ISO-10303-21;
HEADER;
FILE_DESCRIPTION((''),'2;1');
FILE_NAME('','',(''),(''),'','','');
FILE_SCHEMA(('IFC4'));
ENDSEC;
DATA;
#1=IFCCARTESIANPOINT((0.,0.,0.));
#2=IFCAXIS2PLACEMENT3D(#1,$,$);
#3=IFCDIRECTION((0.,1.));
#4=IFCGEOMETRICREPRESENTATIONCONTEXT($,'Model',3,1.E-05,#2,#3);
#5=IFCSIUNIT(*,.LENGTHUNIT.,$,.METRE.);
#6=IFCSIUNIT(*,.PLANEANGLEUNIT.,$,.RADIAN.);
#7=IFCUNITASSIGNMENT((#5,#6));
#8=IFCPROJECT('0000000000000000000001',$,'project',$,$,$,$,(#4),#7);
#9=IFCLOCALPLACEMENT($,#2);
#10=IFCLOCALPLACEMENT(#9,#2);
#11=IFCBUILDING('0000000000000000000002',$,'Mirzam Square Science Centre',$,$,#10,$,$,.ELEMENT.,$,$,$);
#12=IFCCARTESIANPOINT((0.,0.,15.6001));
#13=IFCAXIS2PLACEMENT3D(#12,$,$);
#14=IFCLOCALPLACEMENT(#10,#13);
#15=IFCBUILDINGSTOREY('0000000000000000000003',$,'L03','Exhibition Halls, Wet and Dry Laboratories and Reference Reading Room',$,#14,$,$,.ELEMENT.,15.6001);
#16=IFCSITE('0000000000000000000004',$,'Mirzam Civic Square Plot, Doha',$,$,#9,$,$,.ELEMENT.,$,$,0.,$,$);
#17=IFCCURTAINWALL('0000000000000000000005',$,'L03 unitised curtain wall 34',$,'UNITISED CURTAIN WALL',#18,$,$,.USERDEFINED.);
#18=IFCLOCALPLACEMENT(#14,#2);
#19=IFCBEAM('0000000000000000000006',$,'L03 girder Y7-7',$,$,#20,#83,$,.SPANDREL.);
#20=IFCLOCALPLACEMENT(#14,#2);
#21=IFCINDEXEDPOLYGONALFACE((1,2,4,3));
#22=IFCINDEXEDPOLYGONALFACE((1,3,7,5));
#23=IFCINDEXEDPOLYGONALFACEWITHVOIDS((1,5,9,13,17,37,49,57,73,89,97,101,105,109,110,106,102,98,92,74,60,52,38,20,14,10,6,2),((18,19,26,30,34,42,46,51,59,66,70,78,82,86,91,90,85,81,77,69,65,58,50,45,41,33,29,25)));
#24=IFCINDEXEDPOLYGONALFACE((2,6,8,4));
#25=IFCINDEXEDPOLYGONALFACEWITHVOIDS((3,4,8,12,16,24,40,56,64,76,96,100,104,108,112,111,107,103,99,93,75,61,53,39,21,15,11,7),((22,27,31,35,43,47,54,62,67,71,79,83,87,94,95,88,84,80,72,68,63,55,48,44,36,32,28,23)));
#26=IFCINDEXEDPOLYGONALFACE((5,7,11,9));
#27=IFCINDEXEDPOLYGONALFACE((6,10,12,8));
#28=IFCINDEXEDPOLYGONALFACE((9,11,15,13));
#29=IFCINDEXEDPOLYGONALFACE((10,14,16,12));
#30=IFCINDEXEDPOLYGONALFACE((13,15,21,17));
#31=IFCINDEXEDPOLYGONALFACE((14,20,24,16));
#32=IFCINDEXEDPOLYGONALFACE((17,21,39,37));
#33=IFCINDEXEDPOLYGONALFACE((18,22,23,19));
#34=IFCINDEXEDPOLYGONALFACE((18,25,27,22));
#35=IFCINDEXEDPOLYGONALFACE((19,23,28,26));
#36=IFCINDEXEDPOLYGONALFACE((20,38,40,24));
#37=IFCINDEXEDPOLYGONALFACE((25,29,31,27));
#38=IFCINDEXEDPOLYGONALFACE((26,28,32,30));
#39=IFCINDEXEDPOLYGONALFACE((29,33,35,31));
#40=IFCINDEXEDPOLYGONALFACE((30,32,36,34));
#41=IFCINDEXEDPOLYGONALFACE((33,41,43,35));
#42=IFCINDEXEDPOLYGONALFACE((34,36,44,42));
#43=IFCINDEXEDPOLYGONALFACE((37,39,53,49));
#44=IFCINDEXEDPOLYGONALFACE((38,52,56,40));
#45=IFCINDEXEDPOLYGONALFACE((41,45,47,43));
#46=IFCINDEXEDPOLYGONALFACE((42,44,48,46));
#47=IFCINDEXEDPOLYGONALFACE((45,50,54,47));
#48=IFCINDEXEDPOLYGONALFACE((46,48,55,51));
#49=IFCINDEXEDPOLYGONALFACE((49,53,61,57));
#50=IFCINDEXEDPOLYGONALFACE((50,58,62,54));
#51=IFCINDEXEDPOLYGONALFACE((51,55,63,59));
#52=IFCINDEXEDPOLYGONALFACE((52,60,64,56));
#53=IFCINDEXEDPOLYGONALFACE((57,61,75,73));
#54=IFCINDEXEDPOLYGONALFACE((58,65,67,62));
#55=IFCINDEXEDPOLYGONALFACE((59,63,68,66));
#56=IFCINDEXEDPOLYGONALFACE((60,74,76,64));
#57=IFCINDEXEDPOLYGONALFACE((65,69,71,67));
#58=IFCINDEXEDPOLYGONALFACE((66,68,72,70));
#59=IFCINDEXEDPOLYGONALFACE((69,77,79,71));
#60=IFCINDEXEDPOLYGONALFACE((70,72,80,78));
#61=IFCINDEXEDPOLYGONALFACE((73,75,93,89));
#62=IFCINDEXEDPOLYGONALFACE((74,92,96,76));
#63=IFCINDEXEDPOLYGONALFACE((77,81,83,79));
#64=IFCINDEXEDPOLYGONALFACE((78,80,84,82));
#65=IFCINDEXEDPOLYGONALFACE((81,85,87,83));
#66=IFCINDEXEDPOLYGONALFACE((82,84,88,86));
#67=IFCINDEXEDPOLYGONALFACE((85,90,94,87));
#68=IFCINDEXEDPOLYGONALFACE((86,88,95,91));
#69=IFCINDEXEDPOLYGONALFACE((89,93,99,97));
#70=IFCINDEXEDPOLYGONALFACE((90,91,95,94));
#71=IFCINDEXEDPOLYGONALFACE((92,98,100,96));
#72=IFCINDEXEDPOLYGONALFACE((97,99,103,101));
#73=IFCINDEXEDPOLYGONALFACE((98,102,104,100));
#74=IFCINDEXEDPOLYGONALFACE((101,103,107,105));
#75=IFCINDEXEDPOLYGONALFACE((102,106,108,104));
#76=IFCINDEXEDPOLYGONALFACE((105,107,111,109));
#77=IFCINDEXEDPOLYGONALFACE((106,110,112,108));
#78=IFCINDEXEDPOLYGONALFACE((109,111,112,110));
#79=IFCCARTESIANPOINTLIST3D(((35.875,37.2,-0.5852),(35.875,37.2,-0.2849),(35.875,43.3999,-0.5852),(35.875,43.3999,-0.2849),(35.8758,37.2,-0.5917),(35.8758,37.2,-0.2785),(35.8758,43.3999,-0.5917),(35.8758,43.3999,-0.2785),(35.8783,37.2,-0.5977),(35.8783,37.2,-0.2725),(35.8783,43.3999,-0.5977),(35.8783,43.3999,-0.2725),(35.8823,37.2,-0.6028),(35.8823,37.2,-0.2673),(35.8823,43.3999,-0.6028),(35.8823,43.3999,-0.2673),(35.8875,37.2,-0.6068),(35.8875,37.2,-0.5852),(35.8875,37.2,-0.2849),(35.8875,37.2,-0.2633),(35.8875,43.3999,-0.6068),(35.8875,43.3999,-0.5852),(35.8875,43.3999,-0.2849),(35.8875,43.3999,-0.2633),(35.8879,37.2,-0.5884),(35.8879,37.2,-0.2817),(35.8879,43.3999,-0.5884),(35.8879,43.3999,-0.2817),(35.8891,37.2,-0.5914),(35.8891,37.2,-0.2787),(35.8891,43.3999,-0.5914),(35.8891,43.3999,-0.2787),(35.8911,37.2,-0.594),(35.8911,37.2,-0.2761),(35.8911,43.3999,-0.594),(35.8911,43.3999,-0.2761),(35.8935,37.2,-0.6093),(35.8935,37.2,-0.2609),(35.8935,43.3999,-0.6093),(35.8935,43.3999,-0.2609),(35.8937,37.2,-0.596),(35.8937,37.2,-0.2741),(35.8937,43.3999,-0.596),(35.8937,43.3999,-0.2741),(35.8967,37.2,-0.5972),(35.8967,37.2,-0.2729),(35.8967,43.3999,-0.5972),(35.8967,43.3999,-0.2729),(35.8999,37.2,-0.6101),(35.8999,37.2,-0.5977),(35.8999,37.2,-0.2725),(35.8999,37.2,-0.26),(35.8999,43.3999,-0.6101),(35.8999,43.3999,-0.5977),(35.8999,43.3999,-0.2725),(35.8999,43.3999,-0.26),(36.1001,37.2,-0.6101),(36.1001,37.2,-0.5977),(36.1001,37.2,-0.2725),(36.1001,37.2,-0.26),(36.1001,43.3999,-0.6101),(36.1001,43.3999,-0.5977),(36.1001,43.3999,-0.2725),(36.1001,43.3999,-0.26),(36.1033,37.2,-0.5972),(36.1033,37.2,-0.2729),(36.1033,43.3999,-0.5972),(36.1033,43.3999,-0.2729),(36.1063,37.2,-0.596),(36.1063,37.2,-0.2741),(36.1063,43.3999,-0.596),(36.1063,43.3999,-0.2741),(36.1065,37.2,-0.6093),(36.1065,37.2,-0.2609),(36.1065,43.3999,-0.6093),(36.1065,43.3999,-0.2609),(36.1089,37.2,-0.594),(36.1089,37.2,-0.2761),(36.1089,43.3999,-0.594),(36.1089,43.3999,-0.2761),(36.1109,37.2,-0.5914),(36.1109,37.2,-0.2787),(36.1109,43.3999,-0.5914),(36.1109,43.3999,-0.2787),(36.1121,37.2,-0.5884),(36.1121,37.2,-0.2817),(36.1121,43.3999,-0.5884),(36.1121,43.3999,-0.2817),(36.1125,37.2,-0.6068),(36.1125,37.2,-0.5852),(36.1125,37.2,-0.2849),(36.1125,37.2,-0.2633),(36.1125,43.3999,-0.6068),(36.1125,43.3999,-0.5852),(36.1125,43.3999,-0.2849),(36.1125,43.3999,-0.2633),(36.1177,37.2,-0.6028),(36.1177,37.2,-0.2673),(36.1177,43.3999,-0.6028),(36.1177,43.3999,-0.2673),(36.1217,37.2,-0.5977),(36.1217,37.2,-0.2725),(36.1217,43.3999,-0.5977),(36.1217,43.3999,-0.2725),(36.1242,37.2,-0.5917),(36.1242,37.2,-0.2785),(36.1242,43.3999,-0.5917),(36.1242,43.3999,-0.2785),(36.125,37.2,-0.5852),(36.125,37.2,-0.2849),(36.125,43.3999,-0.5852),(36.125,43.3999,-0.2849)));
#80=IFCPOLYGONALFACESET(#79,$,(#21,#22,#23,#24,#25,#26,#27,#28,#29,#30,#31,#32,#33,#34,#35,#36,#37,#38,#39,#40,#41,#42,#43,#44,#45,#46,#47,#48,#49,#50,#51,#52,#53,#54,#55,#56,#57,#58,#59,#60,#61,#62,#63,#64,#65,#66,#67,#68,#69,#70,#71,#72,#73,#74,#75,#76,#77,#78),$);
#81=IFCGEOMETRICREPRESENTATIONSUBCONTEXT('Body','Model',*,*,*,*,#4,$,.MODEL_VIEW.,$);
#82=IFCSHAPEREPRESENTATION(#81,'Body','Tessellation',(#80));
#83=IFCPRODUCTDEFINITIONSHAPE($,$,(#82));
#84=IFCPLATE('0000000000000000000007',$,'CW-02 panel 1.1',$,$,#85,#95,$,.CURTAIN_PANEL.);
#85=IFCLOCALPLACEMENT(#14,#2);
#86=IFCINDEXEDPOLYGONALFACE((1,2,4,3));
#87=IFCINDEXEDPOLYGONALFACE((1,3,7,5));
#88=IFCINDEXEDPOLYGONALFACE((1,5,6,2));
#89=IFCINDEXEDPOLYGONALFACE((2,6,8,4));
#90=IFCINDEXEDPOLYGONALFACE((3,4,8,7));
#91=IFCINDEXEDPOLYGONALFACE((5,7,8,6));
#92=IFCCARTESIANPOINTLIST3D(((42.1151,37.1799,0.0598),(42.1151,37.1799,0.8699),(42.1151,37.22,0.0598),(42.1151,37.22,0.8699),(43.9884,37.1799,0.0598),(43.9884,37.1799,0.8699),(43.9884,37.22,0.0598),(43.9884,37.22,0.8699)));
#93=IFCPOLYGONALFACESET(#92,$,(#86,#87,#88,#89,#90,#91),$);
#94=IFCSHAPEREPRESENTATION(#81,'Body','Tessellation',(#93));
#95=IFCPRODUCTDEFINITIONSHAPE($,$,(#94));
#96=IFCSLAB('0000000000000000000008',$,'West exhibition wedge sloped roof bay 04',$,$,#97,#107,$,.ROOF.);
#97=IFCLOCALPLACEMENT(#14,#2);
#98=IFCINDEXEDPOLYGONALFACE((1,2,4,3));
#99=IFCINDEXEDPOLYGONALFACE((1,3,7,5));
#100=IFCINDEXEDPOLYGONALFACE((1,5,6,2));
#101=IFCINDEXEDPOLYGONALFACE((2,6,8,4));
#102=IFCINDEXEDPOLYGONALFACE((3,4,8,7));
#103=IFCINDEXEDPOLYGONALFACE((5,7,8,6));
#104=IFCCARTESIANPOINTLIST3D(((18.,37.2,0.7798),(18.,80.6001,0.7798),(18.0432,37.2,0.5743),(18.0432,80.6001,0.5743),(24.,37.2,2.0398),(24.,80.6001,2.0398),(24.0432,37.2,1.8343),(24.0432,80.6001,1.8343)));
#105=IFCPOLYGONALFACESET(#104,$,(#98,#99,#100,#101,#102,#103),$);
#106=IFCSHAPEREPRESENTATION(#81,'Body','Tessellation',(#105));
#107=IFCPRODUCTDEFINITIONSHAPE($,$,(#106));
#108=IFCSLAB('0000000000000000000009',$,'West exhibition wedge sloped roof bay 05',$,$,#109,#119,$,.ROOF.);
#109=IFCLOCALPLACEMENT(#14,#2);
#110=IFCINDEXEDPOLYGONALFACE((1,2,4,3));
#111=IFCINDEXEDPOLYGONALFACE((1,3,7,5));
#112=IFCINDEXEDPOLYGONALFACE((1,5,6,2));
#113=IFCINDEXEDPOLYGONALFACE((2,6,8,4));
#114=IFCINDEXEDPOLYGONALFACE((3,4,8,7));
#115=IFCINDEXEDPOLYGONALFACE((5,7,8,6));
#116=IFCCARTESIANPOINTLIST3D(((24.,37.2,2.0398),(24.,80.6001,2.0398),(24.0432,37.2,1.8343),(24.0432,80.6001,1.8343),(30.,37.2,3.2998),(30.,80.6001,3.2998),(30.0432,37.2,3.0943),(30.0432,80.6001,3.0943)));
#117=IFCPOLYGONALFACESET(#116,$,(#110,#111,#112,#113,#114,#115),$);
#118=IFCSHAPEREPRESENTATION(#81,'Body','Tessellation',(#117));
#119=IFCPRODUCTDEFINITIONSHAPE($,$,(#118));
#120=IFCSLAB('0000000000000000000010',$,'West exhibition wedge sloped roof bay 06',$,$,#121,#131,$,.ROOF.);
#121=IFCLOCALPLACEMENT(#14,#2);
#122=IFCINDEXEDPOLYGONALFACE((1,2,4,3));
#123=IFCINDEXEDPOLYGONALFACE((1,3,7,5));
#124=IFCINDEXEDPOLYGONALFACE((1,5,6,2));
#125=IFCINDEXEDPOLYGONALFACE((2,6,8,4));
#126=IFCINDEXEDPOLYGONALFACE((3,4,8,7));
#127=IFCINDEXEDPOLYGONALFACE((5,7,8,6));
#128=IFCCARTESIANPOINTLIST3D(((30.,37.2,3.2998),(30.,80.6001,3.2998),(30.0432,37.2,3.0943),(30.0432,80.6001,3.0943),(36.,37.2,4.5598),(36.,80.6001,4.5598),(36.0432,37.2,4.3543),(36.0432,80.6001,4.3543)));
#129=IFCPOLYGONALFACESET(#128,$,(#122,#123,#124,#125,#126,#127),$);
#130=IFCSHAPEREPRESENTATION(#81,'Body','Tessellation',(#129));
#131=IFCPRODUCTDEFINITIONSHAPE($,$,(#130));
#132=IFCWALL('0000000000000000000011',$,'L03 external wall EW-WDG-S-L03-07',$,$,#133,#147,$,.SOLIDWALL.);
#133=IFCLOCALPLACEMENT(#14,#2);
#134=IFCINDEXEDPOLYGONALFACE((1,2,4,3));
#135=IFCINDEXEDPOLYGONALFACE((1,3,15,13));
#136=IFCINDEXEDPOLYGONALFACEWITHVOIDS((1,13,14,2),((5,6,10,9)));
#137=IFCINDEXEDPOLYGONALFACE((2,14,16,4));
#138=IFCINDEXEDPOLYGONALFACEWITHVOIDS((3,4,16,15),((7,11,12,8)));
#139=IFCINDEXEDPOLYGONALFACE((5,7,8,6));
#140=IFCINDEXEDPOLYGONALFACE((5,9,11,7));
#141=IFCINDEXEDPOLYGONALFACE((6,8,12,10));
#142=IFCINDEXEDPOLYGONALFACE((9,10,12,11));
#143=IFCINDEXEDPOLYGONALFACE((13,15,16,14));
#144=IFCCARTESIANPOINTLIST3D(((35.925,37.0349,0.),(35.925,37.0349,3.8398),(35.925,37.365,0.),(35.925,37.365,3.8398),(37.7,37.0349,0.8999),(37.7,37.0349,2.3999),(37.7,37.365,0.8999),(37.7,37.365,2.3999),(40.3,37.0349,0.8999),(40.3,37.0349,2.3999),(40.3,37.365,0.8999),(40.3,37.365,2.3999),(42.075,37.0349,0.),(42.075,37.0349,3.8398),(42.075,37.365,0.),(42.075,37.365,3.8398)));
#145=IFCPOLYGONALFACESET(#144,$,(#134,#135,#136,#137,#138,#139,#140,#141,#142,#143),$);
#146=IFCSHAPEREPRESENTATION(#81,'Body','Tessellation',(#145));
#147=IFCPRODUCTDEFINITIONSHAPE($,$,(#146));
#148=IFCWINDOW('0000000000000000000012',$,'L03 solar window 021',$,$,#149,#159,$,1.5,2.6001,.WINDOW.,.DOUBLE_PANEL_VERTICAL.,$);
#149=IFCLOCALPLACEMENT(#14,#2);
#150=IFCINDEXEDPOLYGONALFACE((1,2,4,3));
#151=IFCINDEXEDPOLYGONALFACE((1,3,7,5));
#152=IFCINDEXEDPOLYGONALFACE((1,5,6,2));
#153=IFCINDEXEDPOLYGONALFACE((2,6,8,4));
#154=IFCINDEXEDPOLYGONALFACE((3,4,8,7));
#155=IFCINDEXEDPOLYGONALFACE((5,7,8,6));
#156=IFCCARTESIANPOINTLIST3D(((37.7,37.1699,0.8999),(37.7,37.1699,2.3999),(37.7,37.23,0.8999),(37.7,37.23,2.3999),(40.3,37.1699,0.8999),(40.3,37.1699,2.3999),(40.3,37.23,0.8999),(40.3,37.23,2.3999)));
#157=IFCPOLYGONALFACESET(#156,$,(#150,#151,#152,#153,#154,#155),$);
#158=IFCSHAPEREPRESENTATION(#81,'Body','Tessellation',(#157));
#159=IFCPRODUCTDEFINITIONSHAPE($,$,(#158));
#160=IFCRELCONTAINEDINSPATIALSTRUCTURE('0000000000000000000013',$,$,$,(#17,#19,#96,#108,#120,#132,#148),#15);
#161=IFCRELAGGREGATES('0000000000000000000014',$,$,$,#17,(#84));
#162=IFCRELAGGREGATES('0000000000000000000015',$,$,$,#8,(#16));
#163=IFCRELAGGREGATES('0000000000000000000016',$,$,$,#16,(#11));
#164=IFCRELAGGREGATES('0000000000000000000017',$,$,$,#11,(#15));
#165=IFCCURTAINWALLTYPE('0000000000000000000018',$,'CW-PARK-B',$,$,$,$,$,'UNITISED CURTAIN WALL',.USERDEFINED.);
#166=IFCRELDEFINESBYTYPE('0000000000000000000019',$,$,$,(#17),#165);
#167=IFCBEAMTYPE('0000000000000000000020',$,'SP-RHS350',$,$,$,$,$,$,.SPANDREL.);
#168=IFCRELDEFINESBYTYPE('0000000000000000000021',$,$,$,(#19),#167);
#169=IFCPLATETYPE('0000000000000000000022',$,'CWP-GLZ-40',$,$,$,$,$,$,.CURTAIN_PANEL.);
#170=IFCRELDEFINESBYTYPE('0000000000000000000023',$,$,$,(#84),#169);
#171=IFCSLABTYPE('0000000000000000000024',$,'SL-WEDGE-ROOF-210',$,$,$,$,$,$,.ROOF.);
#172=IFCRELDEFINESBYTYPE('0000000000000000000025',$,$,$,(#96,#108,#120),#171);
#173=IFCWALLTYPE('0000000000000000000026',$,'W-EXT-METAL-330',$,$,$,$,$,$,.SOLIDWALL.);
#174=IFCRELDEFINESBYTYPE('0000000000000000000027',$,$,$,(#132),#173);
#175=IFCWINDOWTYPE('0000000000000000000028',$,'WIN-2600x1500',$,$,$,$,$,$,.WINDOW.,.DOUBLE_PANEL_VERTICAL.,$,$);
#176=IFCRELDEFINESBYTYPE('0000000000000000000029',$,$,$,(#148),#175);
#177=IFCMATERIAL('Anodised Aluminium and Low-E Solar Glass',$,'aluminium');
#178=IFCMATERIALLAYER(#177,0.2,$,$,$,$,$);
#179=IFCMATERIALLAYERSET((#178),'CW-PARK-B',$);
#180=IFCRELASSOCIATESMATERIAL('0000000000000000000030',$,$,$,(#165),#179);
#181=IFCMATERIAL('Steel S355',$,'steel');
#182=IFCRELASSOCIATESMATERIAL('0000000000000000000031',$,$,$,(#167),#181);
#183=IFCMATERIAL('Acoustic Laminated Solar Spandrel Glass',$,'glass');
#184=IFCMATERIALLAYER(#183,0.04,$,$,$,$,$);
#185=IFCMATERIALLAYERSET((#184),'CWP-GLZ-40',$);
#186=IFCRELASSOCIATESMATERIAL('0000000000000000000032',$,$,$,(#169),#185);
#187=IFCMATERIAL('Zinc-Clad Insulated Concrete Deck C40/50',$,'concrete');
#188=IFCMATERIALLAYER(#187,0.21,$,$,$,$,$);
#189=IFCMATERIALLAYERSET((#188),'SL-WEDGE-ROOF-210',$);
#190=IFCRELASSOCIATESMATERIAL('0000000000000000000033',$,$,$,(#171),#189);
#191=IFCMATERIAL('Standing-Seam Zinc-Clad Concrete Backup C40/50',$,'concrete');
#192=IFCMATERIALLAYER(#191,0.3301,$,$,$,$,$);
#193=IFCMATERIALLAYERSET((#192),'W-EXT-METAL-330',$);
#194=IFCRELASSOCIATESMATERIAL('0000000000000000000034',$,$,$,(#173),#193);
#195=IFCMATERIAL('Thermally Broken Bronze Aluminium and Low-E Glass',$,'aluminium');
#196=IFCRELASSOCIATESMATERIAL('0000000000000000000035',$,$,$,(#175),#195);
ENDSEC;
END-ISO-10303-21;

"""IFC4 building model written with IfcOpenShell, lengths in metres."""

from ifc_helpers import new_model, si_unit, direction, frame, frame_2d, origin, origin_2d, place, context, subcontext, project, spatial, polyline, rectangle, hollow_rectangle, outline, extrude, material, layer, layer_set, material_profile, profile_set, type_object, element, fill, aggregate, save


model = new_model("IFC4")

# Units and contexts
model_context = context("Model", 3, precision=1e-05, world=origin(), true_north=direction((0.0, 1.0)))
body_context = subcontext(model_context, "Body", "Model", "MODEL_VIEW")
ifc_project = project(units=[si_unit("LENGTHUNIT", "METRE"), si_unit("PLANEANGLEUNIT", "RADIAN")], contexts=[model_context])

# Site, building, storey
site_placement = place(None, origin())
site = spatial("IfcSite", under=ifc_project, at=site_placement, Name="Mirzam Civic Square Plot, Doha", CompositionType="ELEMENT", RefElevation=0.0)
building_placement = place(site_placement, origin())
building = spatial("IfcBuilding", under=site, at=building_placement, Name="Mirzam Square Science Centre", CompositionType="ELEMENT")
storey_placement = place(building_placement, frame((0.0, 0.0, 15.6001)))
storey = spatial("IfcBuildingStorey", under=building, at=storey_placement, Name="L03", Description="Exhibition Halls, Wet and Dry Laboratories and Reference Reading Room", CompositionType="ELEMENT", Elevation=15.6001)

# Shared definitions
ifc_material_1 = material(Name="Steel S355", Category="steel")

# Curtain wall
ifc_material_2 = material(Name="Anodised Aluminium and Low-E Solar Glass", Category="aluminium")
ifc_layer_1 = layer(ifc_material_2, 0.2)
ifc_layer_set_1 = layer_set([ifc_layer_1], Name="CW-PARK-B")
curtain_wall_type = type_object("IfcCurtainWallType", Name="CW-PARK-B", ElementType="UNITISED CURTAIN WALL", PredefinedType="USERDEFINED", material=ifc_layer_set_1)
curtain_wall_placement = place(storey_placement, origin())
curtain_wall = element("IfcCurtainWall", 1, at=curtain_wall_placement, inside=storey, type_object=curtain_wall_type, Name="L03 unitised curtain wall 34", ObjectType="UNITISED CURTAIN WALL", PredefinedType="USERDEFINED")

# Beam
ifc_material_profile_1 = material_profile(ifc_material_1, hollow_rectangle(XDim=0.25, YDim=0.3501, WallThickness=0.0125, InnerFilletRadius=0.0125, OuterFilletRadius=0.0249, at=origin_2d()), Name="350x250x12.5RHS")
ifc_profile_set_1 = profile_set([ifc_material_profile_1], Name="Steel S355")
beam_type_1 = type_object("IfcBeamType", Name="SP-RHS350", PredefinedType="SPANDREL", material=ifc_profile_set_1)
beam_1_placement = place(storey_placement, frame((36.0, 37.2, -0.4351), z_axis=(0.0, 1.0, 0.0), x_axis=(-1.0, 0.0, 0.0)))
element("IfcBeam", 2, at=beam_1_placement, inside=storey, type_object=beam_type_1, Name="L03 girder Y7-7", PredefinedType="SPANDREL", context=body_context, shape_type="SweptSolid", body=[
    extrude(hollow_rectangle(XDim=0.25, YDim=0.3501, WallThickness=0.0125, InnerFilletRadius=0.0125, OuterFilletRadius=0.0249, at=origin_2d()), origin(), (0.0, 0.0, 1.0), 6.2),
])

# Plate
ifc_material_3 = material(Name="Acoustic Laminated Solar Spandrel Glass", Category="glass")
ifc_layer_2 = layer(ifc_material_3, 0.04)
ifc_layer_set_2 = layer_set([ifc_layer_2], Name="CWP-GLZ-40")
plate_type = type_object("IfcPlateType", Name="CWP-GLZ-40", PredefinedType="CURTAIN_PANEL", material=ifc_layer_set_2)
plate_placement = place(storey_placement, frame((43.0518, 37.2, 0.0598), z_axis=(0.0, 0.0, 1.0), x_axis=(1.0, 0.0, 0.0)))
plate = element("IfcPlate", 3, at=plate_placement, type_object=plate_type, Name="CW-02 panel 1.1", PredefinedType="CURTAIN_PANEL", context=body_context, shape_type="SweptSolid", body=[
    extrude(rectangle(XDim=1.8733, YDim=0.04, at=origin_2d()), origin(), (0.0, 0.0, 1.0), 0.8101),
])
aggregate(curtain_wall, [plate])

# Slabs
ifc_material_4 = material(Name="Zinc-Clad Insulated Concrete Deck C40/50", Category="concrete")
ifc_layer_3 = layer(ifc_material_4, 0.21)
ifc_layer_set_3 = layer_set([ifc_layer_3], Name="SL-WEDGE-ROOF-210")
slab_type = type_object("IfcSlabType", Name="SL-WEDGE-ROOF-210", PredefinedType="ROOF", material=ifc_layer_set_3)
for number, where, z_axis, x_axis, name in (
    (4, (18.0, 37.2, 0.7798), (-0.205519, 0.0, 0.978653), (0.978653, 0.0, 0.205519), "West exhibition wedge sloped roof bay 04"),
    (5, (24.0, 37.2, 2.0398), (-0.205519, 0.0, 0.978653), (0.978653, 0.0, 0.205519), "West exhibition wedge sloped roof bay 05"),
    (6, (30.0, 37.2, 3.2998), (-0.205519, 0.0, 0.978653), (0.978653, 0.0, 0.205519), "West exhibition wedge sloped roof bay 06"),
):
    element("IfcSlab", number, at=place(storey_placement, frame(where, z_axis=z_axis, x_axis=x_axis)), inside=storey, type_object=slab_type, Name=name, PredefinedType="ROOF", context=body_context, shape_type="SweptSolid", body=[
        extrude(outline(polyline([(0.0, 0.0), (6.1309, 0.0), (6.1309, 43.4001), (0.0, 43.4001), (0.0, 0.0)])), origin(), (0.0, 0.0, -1.0), 0.21),
    ])

# Wall, opening, window
ifc_material_5 = material(Name="Standing-Seam Zinc-Clad Concrete Backup C40/50", Category="concrete")
ifc_layer_4 = layer(ifc_material_5, 0.3301)
ifc_layer_set_4 = layer_set([ifc_layer_4], Name="W-EXT-METAL-330")
wall_type = type_object("IfcWallType", Name="W-EXT-METAL-330", PredefinedType="SOLIDWALL", material=ifc_layer_set_4)
wall_placement = place(storey_placement, frame((35.925, 37.2, 0.0), z_axis=(0.0, 0.0, 1.0), x_axis=(1.0, 0.0, 0.0)))
wall = element("IfcWall", 7, at=wall_placement, inside=storey, type_object=wall_type, Name="L03 external wall EW-WDG-S-L03-07", PredefinedType="SOLIDWALL", context=body_context, shape_type="SweptSolid", body=[
    extrude(rectangle(XDim=6.1499, YDim=0.3301, at=frame_2d((3.075, 0.0))), origin(), (0.0, 0.0, 1.0), 3.8398),
])
opening_placement = place(wall_placement, frame((1.7749, 0.0, 0.8999)))
opening = element("IfcOpeningElement", 8, at=opening_placement, cuts=wall, PredefinedType="OPENING", context=body_context, shape_type="SweptSolid", body=[
    extrude(rectangle(XDim=2.6001, YDim=1.5, at=frame_2d((1.3, 0.75))), frame((0.0, 0.175, 0.0), z_axis=(0.0, -1.0, 0.0), x_axis=(1.0, 0.0, 0.0)), (0.0, 0.0, 1.0), 0.3501),
])
ifc_material_6 = material(Name="Thermally Broken Bronze Aluminium and Low-E Glass", Category="aluminium")
window_type = type_object("IfcWindowType", Name="WIN-2600x1500", PartitioningType="DOUBLE_PANEL_VERTICAL", PredefinedType="WINDOW", material=ifc_material_6)
window_placement = place(opening_placement, origin())
window = element("IfcWindow", 9, at=window_placement, inside=storey, type_object=window_type, Name="L03 solar window 021", OverallHeight=1.5, OverallWidth=2.6001, PartitioningType="DOUBLE_PANEL_VERTICAL", PredefinedType="WINDOW", context=body_context, shape_type="SweptSolid", body=[
    extrude(rectangle(XDim=2.6001, YDim=1.5, at=frame_2d((1.3, 0.75))), frame((0.0, 0.03, 0.0), z_axis=(0.0, -1.0, 0.0), x_axis=(1.0, 0.0, 0.0)), (0.0, 0.0, 1.0), 0.0601),
])
fill(opening, window)

save(model, "model.ifc")
